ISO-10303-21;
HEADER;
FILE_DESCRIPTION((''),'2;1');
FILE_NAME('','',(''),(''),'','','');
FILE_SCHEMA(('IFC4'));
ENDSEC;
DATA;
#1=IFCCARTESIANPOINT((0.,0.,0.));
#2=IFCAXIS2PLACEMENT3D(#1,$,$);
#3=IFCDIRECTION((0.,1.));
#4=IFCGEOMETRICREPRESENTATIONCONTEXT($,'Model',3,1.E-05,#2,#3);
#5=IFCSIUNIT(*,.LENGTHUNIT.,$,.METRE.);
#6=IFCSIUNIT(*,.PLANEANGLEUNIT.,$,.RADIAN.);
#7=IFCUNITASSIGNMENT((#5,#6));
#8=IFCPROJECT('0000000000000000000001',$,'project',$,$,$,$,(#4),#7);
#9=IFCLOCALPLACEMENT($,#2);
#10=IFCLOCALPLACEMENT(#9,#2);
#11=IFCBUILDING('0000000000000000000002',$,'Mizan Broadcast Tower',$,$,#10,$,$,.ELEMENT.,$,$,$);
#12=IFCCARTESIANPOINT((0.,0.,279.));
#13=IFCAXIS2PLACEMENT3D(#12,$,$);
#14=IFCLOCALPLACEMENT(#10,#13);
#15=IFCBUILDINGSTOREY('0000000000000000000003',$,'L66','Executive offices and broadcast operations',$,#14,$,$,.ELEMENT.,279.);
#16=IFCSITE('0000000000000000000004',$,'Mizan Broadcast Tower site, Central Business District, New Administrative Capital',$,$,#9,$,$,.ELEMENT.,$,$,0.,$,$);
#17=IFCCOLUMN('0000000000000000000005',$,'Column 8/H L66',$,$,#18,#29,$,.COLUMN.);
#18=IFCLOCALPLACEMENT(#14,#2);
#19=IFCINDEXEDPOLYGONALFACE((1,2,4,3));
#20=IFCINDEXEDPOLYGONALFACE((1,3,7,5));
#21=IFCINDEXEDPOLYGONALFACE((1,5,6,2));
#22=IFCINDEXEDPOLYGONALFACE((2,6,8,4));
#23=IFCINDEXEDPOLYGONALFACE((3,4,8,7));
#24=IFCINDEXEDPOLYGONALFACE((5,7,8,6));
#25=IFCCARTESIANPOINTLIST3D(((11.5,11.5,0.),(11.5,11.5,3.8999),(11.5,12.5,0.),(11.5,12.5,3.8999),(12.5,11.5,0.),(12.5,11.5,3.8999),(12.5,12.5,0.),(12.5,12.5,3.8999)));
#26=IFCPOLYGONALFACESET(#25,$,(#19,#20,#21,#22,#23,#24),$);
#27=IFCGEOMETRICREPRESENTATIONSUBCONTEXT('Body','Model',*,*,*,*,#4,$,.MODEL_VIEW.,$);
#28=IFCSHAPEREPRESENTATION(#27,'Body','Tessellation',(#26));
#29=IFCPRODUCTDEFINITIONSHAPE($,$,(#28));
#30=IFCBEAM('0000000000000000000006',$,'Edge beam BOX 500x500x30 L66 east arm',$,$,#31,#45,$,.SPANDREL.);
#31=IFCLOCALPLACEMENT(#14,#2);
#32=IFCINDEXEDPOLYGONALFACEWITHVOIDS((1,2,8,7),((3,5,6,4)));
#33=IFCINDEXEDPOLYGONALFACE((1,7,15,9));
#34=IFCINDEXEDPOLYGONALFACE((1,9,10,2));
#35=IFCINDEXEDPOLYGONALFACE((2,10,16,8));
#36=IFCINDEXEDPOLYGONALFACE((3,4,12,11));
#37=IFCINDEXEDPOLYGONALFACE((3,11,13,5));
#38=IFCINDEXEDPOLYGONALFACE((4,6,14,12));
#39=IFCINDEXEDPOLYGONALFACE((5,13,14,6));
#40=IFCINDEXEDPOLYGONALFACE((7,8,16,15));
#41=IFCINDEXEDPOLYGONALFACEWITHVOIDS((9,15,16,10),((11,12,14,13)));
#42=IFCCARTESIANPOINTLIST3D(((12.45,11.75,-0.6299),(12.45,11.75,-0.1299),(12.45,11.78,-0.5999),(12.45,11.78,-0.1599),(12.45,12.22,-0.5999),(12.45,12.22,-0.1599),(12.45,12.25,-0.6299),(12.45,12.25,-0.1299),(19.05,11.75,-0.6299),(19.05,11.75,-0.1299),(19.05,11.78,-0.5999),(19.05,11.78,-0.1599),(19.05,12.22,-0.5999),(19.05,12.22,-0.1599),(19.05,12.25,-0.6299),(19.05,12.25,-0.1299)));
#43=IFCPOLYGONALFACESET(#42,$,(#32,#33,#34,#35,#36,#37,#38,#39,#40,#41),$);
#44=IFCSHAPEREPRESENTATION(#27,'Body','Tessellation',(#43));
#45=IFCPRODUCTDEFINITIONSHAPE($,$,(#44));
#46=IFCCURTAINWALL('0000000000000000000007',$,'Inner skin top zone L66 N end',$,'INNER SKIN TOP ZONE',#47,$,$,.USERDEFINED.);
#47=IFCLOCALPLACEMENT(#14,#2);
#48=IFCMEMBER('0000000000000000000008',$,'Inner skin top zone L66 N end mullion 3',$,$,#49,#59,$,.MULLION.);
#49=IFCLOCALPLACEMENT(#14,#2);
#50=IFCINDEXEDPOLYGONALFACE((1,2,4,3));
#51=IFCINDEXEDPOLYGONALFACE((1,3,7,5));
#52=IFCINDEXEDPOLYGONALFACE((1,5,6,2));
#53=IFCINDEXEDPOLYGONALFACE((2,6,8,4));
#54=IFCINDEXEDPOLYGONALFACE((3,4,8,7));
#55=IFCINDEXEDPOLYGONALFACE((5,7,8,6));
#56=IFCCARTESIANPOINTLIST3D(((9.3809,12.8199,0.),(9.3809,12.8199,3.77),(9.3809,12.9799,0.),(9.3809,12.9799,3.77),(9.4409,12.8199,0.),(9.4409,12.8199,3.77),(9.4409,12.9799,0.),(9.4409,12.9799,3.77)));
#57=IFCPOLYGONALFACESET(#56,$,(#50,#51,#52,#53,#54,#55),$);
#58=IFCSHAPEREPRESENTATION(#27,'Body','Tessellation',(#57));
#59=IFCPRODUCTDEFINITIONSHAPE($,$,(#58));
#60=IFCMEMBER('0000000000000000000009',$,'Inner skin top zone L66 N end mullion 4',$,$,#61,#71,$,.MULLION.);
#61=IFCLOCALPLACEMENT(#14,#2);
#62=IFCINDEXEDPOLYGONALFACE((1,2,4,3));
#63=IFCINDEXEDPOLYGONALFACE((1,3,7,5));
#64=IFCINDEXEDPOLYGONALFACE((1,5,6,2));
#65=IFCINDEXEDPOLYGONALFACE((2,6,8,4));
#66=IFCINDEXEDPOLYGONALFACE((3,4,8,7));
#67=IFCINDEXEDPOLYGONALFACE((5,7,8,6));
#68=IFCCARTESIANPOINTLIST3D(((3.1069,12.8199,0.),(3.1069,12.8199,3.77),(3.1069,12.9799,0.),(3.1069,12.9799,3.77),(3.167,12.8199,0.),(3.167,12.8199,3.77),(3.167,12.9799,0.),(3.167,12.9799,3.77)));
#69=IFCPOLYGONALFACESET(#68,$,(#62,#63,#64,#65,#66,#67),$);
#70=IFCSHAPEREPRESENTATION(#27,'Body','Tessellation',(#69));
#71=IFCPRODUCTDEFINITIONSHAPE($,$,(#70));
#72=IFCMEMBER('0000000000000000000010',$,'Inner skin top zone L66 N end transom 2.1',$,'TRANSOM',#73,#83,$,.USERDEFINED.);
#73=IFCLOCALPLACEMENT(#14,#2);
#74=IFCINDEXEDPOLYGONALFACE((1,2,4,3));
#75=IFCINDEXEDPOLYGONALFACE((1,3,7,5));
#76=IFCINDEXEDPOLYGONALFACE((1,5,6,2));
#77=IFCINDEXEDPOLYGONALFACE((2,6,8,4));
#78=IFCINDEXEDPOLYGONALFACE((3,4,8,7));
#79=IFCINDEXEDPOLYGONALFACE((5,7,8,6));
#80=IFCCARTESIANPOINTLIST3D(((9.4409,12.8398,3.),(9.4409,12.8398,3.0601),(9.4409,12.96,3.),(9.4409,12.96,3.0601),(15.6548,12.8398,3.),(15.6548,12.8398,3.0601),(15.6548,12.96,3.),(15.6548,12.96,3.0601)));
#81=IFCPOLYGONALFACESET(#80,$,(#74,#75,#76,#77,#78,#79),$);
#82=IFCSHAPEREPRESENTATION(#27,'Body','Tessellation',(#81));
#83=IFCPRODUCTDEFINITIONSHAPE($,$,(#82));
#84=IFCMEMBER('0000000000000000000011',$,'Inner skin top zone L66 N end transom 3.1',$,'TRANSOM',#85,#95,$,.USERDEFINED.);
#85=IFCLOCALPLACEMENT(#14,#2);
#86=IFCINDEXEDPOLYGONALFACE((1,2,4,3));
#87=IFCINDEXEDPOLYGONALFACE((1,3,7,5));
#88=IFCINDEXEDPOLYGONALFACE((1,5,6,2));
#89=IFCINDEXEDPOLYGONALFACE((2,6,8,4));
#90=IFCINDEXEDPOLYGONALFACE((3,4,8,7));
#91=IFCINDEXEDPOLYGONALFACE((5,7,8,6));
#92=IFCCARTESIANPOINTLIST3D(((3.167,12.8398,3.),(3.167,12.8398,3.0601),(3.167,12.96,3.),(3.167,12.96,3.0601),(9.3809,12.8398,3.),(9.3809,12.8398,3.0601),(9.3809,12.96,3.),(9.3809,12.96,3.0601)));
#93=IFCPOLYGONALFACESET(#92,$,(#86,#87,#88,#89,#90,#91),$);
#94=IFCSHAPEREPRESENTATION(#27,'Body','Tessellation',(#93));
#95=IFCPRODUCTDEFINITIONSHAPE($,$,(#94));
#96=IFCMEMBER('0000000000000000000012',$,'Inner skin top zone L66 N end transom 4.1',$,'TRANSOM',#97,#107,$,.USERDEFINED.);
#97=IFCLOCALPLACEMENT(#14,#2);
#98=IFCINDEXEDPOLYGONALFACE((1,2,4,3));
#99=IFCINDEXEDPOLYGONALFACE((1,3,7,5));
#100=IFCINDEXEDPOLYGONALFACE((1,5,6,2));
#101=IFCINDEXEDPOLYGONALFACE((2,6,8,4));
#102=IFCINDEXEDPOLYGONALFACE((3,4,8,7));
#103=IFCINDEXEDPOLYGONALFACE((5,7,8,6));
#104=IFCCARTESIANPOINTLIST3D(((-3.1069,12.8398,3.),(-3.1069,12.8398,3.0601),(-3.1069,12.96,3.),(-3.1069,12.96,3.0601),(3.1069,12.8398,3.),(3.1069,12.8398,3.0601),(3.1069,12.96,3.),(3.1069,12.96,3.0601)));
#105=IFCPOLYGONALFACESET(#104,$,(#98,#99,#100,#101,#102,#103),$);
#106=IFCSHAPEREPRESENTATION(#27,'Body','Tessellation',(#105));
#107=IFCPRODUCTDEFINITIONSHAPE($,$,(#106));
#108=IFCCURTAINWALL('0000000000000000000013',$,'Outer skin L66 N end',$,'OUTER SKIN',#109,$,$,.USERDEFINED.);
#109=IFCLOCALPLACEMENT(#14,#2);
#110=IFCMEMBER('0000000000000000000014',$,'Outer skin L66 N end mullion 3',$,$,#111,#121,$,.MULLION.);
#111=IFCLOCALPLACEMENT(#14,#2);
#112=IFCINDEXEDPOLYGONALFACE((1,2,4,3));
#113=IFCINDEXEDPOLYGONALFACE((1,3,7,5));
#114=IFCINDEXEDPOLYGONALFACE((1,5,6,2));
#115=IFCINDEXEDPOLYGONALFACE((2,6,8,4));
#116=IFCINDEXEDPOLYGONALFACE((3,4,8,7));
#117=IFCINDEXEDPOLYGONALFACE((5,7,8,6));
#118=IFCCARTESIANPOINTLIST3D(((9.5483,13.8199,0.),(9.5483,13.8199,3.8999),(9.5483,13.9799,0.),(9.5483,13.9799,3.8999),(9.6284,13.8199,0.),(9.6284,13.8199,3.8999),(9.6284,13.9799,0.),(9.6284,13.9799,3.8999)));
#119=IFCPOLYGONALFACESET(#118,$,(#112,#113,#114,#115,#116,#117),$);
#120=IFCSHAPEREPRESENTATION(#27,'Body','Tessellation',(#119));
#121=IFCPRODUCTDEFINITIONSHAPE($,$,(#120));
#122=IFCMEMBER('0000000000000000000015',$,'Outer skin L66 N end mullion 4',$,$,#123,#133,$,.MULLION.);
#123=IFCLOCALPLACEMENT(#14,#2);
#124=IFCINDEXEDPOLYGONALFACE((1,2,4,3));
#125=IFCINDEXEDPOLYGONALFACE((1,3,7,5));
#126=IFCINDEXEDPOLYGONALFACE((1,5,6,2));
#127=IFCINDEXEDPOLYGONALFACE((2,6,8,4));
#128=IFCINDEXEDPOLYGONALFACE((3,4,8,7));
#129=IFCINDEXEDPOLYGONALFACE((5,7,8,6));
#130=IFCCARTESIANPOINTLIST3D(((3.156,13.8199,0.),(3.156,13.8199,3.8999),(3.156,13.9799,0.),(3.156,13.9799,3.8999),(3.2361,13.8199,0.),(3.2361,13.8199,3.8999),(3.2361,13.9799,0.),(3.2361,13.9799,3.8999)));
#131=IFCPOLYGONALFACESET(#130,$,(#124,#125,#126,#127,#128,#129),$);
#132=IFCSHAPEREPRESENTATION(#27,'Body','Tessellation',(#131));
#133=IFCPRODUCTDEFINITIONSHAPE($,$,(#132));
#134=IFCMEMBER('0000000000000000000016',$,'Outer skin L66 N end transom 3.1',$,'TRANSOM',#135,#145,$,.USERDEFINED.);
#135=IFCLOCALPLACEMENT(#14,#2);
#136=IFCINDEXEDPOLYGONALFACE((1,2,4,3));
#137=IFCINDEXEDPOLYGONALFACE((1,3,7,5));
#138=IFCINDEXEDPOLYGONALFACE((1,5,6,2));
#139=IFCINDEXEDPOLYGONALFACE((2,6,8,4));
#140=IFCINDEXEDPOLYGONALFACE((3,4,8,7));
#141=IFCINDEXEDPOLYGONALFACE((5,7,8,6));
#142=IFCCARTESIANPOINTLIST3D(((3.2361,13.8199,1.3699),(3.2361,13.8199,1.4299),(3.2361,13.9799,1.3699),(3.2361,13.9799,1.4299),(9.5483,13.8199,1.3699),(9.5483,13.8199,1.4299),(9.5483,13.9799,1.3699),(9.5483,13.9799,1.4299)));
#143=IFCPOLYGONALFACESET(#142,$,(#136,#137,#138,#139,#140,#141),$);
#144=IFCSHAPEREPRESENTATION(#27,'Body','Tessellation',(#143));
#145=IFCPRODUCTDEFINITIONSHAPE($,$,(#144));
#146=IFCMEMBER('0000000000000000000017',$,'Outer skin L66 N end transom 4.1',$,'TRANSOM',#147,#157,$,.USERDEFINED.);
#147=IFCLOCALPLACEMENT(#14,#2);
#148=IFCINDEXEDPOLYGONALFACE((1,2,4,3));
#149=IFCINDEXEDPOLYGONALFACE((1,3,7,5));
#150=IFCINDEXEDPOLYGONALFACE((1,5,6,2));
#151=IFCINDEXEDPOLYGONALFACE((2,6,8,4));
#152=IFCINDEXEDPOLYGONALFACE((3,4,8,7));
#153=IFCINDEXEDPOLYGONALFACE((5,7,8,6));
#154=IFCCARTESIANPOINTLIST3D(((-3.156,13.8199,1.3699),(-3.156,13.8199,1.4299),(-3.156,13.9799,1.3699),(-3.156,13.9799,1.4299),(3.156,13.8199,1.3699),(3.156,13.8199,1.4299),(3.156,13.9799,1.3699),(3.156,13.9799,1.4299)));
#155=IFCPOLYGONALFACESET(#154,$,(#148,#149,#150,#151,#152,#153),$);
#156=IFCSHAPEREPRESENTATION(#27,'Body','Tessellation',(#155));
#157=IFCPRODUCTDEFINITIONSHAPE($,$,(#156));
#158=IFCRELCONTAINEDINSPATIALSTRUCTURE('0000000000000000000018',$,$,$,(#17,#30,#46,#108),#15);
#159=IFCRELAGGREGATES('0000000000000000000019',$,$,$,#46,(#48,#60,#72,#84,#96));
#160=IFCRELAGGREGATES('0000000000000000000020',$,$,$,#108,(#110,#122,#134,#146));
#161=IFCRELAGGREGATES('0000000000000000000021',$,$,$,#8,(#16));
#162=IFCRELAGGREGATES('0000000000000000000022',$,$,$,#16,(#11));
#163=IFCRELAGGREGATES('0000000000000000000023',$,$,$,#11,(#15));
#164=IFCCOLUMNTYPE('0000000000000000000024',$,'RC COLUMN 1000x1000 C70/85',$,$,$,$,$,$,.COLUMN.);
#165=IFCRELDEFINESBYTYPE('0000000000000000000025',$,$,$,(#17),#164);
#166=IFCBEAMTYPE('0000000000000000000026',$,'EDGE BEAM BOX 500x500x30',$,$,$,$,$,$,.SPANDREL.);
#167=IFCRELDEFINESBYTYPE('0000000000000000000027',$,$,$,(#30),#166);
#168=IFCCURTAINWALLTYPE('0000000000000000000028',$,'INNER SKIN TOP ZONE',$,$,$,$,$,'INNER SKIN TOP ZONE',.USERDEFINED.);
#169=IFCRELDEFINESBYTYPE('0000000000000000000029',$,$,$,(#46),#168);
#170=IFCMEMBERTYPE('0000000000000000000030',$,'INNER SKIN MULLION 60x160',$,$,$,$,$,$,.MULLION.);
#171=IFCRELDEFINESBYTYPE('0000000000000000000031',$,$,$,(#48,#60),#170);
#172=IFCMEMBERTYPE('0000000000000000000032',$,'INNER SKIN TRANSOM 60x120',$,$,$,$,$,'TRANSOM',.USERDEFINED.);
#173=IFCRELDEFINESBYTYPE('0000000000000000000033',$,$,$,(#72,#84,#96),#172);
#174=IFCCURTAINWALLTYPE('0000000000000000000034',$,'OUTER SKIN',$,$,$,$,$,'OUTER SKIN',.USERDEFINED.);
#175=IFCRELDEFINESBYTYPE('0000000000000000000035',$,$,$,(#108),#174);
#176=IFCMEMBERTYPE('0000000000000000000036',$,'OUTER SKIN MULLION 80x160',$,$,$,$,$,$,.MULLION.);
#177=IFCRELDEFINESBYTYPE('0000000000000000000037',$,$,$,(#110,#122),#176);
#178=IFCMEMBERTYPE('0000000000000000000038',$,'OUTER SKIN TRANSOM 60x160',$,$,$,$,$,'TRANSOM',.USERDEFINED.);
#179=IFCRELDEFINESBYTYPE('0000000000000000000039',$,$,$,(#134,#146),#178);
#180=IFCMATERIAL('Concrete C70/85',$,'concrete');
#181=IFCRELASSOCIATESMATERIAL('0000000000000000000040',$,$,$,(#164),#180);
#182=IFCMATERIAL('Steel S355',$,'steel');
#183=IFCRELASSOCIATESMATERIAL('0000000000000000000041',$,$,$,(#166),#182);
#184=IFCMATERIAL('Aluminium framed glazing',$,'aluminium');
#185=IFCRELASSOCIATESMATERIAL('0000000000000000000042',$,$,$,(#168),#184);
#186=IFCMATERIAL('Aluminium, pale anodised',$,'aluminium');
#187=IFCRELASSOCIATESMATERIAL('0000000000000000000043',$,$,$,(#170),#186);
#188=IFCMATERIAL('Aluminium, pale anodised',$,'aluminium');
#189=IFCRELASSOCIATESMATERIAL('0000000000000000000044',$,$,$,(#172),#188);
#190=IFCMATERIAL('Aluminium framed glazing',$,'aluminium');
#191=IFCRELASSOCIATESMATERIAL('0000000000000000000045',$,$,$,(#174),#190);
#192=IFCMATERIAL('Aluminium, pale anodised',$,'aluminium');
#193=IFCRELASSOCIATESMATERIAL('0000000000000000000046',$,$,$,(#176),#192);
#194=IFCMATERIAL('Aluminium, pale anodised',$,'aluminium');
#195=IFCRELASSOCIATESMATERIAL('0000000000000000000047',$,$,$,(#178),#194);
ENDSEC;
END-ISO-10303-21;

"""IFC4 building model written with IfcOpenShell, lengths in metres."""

from ifc_helpers import new_model, si_unit, direction, frame, origin, origin_2d, place, context, subcontext, project, spatial, rectangle, hollow_rectangle, extrude, material, material_profile, profile_set, type_object, element, aggregate, save


model = new_model("IFC4")

# Units and contexts
model_context = context("Model", 3, precision=1e-05, world=origin(), true_north=direction((0.0, 1.0)))
body_context = subcontext(model_context, "Body", "Model", "MODEL_VIEW")
ifc_project = project(units=[si_unit("LENGTHUNIT", "METRE"), si_unit("PLANEANGLEUNIT", "RADIAN")], contexts=[model_context])

# Site, building, storey
site_placement = place(None, origin())
site = spatial("IfcSite", under=ifc_project, at=site_placement, Name="Mizan Broadcast Tower site, Central Business District, New Administrative Capital", CompositionType="ELEMENT", RefElevation=0.0)
building_placement = place(site_placement, origin())
building = spatial("IfcBuilding", under=site, at=building_placement, Name="Mizan Broadcast Tower", CompositionType="ELEMENT")
storey_placement = place(building_placement, frame((0.0, 0.0, 279.0)))
storey = spatial("IfcBuildingStorey", under=building, at=storey_placement, Name="L66", Description="Executive offices and broadcast operations", CompositionType="ELEMENT", Elevation=279.0)

# Column
ifc_material_1 = material(Name="Concrete C70/85", Category="concrete")
ifc_material_profile_1 = material_profile(ifc_material_1, rectangle(XDim=1.0, YDim=1.0, at=origin_2d()), Name="RC 1000x1000")
ifc_profile_set_1 = profile_set([ifc_material_profile_1], Name="Concrete C70/85")
column_type = type_object("IfcColumnType", Name="RC COLUMN 1000x1000 C70/85", PredefinedType="COLUMN", material=ifc_profile_set_1)
column_placement = place(storey_placement, frame((12.0, 12.0, 0.0), z_axis=(0.0, 0.0, 1.0), x_axis=(1.0, 0.0, 0.0)))
element("IfcColumn", 1, at=column_placement, inside=storey, type_object=column_type, Name="Column 8/H L66", PredefinedType="COLUMN", context=body_context, shape_type="SweptSolid", body=[
    extrude(rectangle(XDim=1.0, YDim=1.0, at=origin_2d()), origin(), (0.0, 0.0, 1.0), 3.8999),
])

# Beam
ifc_material_2 = material(Name="Steel S355", Category="steel")
ifc_material_profile_2 = material_profile(ifc_material_2, hollow_rectangle(XDim=0.5, YDim=0.5, WallThickness=0.03, at=origin_2d()), Name="BOX 500x500x30")
ifc_profile_set_2 = profile_set([ifc_material_profile_2], Name="Steel S355")
beam_type_1 = type_object("IfcBeamType", Name="EDGE BEAM BOX 500x500x30", PredefinedType="SPANDREL", material=ifc_profile_set_2)
beam_1_placement = place(storey_placement, frame((12.45, 12.0, -0.3799), z_axis=(1.0, 0.0, 0.0), x_axis=(0.0, 1.0, 0.0)))
element("IfcBeam", 2, at=beam_1_placement, inside=storey, type_object=beam_type_1, Name="Edge beam BOX 500x500x30 L66 east arm", PredefinedType="SPANDREL", context=body_context, shape_type="SweptSolid", body=[
    extrude(hollow_rectangle(XDim=0.5, YDim=0.5, WallThickness=0.03, at=origin_2d()), origin(), (0.0, 0.0, 1.0), 6.6001),
])

# Curtain walls, members
ifc_material_3 = material(Name="Aluminium framed glazing", Category="aluminium")
curtain_wall_type_1 = type_object("IfcCurtainWallType", Name="INNER SKIN TOP ZONE", ElementType="INNER SKIN TOP ZONE", PredefinedType="USERDEFINED", material=ifc_material_3)
curtain_wall_1_placement = place(storey_placement, origin())
curtain_wall_1 = element("IfcCurtainWall", 3, at=curtain_wall_1_placement, inside=storey, type_object=curtain_wall_type_1, Name="Inner skin top zone L66 N end", ObjectType="INNER SKIN TOP ZONE", PredefinedType="USERDEFINED")
ifc_material_4 = material(Name="Aluminium, pale anodised", Category="aluminium")
ifc_material_profile_3 = material_profile(ifc_material_4, rectangle(XDim=0.1599, YDim=0.0601, at=origin_2d()), Name="MULLION 160x60")
ifc_profile_set_3 = profile_set([ifc_material_profile_3], Name="Aluminium, pale anodised")
member_type_1 = type_object("IfcMemberType", Name="INNER SKIN MULLION 60x160", PredefinedType="MULLION", material=ifc_profile_set_3)
member_1_placement = place(storey_placement, frame((9.4109, 12.8999, 0.0), z_axis=(0.0, 0.0, 1.0), x_axis=(0.0, -1.0, 0.0)))
member_1 = element("IfcMember", 4, at=member_1_placement, type_object=member_type_1, Name="Inner skin top zone L66 N end mullion 3", PredefinedType="MULLION", context=body_context, shape_type="SweptSolid", body=[
    extrude(rectangle(XDim=0.1599, YDim=0.0601, at=origin_2d()), origin(), (0.0, 0.0, 1.0), 3.77),
])
member_2_placement = place(storey_placement, frame((3.137, 12.8999, 0.0), z_axis=(0.0, 0.0, 1.0), x_axis=(0.0, -1.0, 0.0)))
member_2 = element("IfcMember", 5, at=member_2_placement, type_object=member_type_1, Name="Inner skin top zone L66 N end mullion 4", PredefinedType="MULLION", context=body_context, shape_type="SweptSolid", body=[
    extrude(rectangle(XDim=0.1599, YDim=0.0601, at=origin_2d()), origin(), (0.0, 0.0, 1.0), 3.77),
])
ifc_material_5 = material(Name="Aluminium, pale anodised", Category="aluminium")
ifc_material_profile_4 = material_profile(ifc_material_5, rectangle(XDim=0.1201, YDim=0.0601, at=origin_2d()), Name="TRANSOM 120x60")
ifc_profile_set_4 = profile_set([ifc_material_profile_4], Name="Aluminium, pale anodised")
member_type_2 = type_object("IfcMemberType", Name="INNER SKIN TRANSOM 60x120", ElementType="TRANSOM", PredefinedType="USERDEFINED", material=ifc_profile_set_4)
member_3_placement = place(storey_placement, frame((15.6548, 12.8999, 3.03), z_axis=(-1.0, 0.0, 0.0), x_axis=(0.0, -1.0, 0.0)))
member_3 = element("IfcMember", 6, at=member_3_placement, type_object=member_type_2, Name="Inner skin top zone L66 N end transom 2.1", ObjectType="TRANSOM", PredefinedType="USERDEFINED", context=body_context, shape_type="SweptSolid", body=[
    extrude(rectangle(XDim=0.1201, YDim=0.0601, at=origin_2d()), origin(), (0.0, 0.0, 1.0), 6.2139),
])
member_4_placement = place(storey_placement, frame((9.3809, 12.8999, 3.03), z_axis=(-1.0, 0.0, 0.0), x_axis=(0.0, -1.0, 0.0)))
member_4 = element("IfcMember", 7, at=member_4_placement, type_object=member_type_2, Name="Inner skin top zone L66 N end transom 3.1", ObjectType="TRANSOM", PredefinedType="USERDEFINED", context=body_context, shape_type="SweptSolid", body=[
    extrude(rectangle(XDim=0.1201, YDim=0.0601, at=origin_2d()), origin(), (0.0, 0.0, 1.0), 6.2139),
])
member_5_placement = place(storey_placement, frame((3.1069, 12.8999, 3.03), z_axis=(-1.0, 0.0, 0.0), x_axis=(0.0, -1.0, 0.0)))
member_5 = element("IfcMember", 8, at=member_5_placement, type_object=member_type_2, Name="Inner skin top zone L66 N end transom 4.1", ObjectType="TRANSOM", PredefinedType="USERDEFINED", context=body_context, shape_type="SweptSolid", body=[
    extrude(rectangle(XDim=0.1201, YDim=0.0601, at=origin_2d()), origin(), (0.0, 0.0, 1.0), 6.2139),
])
ifc_material_6 = material(Name="Aluminium framed glazing", Category="aluminium")
curtain_wall_type_2 = type_object("IfcCurtainWallType", Name="OUTER SKIN", ElementType="OUTER SKIN", PredefinedType="USERDEFINED", material=ifc_material_6)
curtain_wall_2_placement = place(storey_placement, origin())
curtain_wall_2 = element("IfcCurtainWall", 9, at=curtain_wall_2_placement, inside=storey, type_object=curtain_wall_type_2, Name="Outer skin L66 N end", ObjectType="OUTER SKIN", PredefinedType="USERDEFINED")
ifc_material_7 = material(Name="Aluminium, pale anodised", Category="aluminium")
ifc_material_profile_5 = material_profile(ifc_material_7, rectangle(XDim=0.1599, YDim=0.0801, at=origin_2d()), Name="MULLION 160x80")
ifc_profile_set_5 = profile_set([ifc_material_profile_5], Name="Aluminium, pale anodised")
member_type_3 = type_object("IfcMemberType", Name="OUTER SKIN MULLION 80x160", PredefinedType="MULLION", material=ifc_profile_set_5)
member_6_placement = place(storey_placement, frame((9.5884, 13.8999, 0.0), z_axis=(0.0, 0.0, 1.0), x_axis=(0.0, -1.0, 0.0)))
member_6 = element("IfcMember", 10, at=member_6_placement, type_object=member_type_3, Name="Outer skin L66 N end mullion 3", PredefinedType="MULLION", context=body_context, shape_type="SweptSolid", body=[
    extrude(rectangle(XDim=0.1599, YDim=0.0801, at=origin_2d()), origin(), (0.0, 0.0, 1.0), 3.8999),
])
member_7_placement = place(storey_placement, frame((3.196, 13.8999, 0.0), z_axis=(0.0, 0.0, 1.0), x_axis=(0.0, -1.0, 0.0)))
member_7 = element("IfcMember", 11, at=member_7_placement, type_object=member_type_3, Name="Outer skin L66 N end mullion 4", PredefinedType="MULLION", context=body_context, shape_type="SweptSolid", body=[
    extrude(rectangle(XDim=0.1599, YDim=0.0801, at=origin_2d()), origin(), (0.0, 0.0, 1.0), 3.8999),
])
ifc_material_8 = material(Name="Aluminium, pale anodised", Category="aluminium")
ifc_material_profile_6 = material_profile(ifc_material_8, rectangle(XDim=0.1599, YDim=0.0601, at=origin_2d()), Name="TRANSOM 160x60")
ifc_profile_set_6 = profile_set([ifc_material_profile_6], Name="Aluminium, pale anodised")
member_type_4 = type_object("IfcMemberType", Name="OUTER SKIN TRANSOM 60x160", ElementType="TRANSOM", PredefinedType="USERDEFINED", material=ifc_profile_set_6)
member_8_placement = place(storey_placement, frame((9.5483, 13.8999, 1.3999), z_axis=(-1.0, 0.0, 0.0), x_axis=(0.0, -1.0, 0.0)))
member_8 = element("IfcMember", 12, at=member_8_placement, type_object=member_type_4, Name="Outer skin L66 N end transom 3.1", ObjectType="TRANSOM", PredefinedType="USERDEFINED", context=body_context, shape_type="SweptSolid", body=[
    extrude(rectangle(XDim=0.1599, YDim=0.0601, at=origin_2d()), origin(), (0.0, 0.0, 1.0), 6.3123),
])
member_9_placement = place(storey_placement, frame((3.156, 13.8999, 1.3999), z_axis=(-1.0, 0.0, 0.0), x_axis=(0.0, -1.0, 0.0)))
member_9 = element("IfcMember", 13, at=member_9_placement, type_object=member_type_4, Name="Outer skin L66 N end transom 4.1", ObjectType="TRANSOM", PredefinedType="USERDEFINED", context=body_context, shape_type="SweptSolid", body=[
    extrude(rectangle(XDim=0.1599, YDim=0.0601, at=origin_2d()), origin(), (0.0, 0.0, 1.0), 6.312),
])

aggregate(curtain_wall_1, [member_1, member_2, member_3, member_4, member_5])
aggregate(curtain_wall_2, [member_6, member_7, member_8, member_9])

save(model, "model.ifc")
